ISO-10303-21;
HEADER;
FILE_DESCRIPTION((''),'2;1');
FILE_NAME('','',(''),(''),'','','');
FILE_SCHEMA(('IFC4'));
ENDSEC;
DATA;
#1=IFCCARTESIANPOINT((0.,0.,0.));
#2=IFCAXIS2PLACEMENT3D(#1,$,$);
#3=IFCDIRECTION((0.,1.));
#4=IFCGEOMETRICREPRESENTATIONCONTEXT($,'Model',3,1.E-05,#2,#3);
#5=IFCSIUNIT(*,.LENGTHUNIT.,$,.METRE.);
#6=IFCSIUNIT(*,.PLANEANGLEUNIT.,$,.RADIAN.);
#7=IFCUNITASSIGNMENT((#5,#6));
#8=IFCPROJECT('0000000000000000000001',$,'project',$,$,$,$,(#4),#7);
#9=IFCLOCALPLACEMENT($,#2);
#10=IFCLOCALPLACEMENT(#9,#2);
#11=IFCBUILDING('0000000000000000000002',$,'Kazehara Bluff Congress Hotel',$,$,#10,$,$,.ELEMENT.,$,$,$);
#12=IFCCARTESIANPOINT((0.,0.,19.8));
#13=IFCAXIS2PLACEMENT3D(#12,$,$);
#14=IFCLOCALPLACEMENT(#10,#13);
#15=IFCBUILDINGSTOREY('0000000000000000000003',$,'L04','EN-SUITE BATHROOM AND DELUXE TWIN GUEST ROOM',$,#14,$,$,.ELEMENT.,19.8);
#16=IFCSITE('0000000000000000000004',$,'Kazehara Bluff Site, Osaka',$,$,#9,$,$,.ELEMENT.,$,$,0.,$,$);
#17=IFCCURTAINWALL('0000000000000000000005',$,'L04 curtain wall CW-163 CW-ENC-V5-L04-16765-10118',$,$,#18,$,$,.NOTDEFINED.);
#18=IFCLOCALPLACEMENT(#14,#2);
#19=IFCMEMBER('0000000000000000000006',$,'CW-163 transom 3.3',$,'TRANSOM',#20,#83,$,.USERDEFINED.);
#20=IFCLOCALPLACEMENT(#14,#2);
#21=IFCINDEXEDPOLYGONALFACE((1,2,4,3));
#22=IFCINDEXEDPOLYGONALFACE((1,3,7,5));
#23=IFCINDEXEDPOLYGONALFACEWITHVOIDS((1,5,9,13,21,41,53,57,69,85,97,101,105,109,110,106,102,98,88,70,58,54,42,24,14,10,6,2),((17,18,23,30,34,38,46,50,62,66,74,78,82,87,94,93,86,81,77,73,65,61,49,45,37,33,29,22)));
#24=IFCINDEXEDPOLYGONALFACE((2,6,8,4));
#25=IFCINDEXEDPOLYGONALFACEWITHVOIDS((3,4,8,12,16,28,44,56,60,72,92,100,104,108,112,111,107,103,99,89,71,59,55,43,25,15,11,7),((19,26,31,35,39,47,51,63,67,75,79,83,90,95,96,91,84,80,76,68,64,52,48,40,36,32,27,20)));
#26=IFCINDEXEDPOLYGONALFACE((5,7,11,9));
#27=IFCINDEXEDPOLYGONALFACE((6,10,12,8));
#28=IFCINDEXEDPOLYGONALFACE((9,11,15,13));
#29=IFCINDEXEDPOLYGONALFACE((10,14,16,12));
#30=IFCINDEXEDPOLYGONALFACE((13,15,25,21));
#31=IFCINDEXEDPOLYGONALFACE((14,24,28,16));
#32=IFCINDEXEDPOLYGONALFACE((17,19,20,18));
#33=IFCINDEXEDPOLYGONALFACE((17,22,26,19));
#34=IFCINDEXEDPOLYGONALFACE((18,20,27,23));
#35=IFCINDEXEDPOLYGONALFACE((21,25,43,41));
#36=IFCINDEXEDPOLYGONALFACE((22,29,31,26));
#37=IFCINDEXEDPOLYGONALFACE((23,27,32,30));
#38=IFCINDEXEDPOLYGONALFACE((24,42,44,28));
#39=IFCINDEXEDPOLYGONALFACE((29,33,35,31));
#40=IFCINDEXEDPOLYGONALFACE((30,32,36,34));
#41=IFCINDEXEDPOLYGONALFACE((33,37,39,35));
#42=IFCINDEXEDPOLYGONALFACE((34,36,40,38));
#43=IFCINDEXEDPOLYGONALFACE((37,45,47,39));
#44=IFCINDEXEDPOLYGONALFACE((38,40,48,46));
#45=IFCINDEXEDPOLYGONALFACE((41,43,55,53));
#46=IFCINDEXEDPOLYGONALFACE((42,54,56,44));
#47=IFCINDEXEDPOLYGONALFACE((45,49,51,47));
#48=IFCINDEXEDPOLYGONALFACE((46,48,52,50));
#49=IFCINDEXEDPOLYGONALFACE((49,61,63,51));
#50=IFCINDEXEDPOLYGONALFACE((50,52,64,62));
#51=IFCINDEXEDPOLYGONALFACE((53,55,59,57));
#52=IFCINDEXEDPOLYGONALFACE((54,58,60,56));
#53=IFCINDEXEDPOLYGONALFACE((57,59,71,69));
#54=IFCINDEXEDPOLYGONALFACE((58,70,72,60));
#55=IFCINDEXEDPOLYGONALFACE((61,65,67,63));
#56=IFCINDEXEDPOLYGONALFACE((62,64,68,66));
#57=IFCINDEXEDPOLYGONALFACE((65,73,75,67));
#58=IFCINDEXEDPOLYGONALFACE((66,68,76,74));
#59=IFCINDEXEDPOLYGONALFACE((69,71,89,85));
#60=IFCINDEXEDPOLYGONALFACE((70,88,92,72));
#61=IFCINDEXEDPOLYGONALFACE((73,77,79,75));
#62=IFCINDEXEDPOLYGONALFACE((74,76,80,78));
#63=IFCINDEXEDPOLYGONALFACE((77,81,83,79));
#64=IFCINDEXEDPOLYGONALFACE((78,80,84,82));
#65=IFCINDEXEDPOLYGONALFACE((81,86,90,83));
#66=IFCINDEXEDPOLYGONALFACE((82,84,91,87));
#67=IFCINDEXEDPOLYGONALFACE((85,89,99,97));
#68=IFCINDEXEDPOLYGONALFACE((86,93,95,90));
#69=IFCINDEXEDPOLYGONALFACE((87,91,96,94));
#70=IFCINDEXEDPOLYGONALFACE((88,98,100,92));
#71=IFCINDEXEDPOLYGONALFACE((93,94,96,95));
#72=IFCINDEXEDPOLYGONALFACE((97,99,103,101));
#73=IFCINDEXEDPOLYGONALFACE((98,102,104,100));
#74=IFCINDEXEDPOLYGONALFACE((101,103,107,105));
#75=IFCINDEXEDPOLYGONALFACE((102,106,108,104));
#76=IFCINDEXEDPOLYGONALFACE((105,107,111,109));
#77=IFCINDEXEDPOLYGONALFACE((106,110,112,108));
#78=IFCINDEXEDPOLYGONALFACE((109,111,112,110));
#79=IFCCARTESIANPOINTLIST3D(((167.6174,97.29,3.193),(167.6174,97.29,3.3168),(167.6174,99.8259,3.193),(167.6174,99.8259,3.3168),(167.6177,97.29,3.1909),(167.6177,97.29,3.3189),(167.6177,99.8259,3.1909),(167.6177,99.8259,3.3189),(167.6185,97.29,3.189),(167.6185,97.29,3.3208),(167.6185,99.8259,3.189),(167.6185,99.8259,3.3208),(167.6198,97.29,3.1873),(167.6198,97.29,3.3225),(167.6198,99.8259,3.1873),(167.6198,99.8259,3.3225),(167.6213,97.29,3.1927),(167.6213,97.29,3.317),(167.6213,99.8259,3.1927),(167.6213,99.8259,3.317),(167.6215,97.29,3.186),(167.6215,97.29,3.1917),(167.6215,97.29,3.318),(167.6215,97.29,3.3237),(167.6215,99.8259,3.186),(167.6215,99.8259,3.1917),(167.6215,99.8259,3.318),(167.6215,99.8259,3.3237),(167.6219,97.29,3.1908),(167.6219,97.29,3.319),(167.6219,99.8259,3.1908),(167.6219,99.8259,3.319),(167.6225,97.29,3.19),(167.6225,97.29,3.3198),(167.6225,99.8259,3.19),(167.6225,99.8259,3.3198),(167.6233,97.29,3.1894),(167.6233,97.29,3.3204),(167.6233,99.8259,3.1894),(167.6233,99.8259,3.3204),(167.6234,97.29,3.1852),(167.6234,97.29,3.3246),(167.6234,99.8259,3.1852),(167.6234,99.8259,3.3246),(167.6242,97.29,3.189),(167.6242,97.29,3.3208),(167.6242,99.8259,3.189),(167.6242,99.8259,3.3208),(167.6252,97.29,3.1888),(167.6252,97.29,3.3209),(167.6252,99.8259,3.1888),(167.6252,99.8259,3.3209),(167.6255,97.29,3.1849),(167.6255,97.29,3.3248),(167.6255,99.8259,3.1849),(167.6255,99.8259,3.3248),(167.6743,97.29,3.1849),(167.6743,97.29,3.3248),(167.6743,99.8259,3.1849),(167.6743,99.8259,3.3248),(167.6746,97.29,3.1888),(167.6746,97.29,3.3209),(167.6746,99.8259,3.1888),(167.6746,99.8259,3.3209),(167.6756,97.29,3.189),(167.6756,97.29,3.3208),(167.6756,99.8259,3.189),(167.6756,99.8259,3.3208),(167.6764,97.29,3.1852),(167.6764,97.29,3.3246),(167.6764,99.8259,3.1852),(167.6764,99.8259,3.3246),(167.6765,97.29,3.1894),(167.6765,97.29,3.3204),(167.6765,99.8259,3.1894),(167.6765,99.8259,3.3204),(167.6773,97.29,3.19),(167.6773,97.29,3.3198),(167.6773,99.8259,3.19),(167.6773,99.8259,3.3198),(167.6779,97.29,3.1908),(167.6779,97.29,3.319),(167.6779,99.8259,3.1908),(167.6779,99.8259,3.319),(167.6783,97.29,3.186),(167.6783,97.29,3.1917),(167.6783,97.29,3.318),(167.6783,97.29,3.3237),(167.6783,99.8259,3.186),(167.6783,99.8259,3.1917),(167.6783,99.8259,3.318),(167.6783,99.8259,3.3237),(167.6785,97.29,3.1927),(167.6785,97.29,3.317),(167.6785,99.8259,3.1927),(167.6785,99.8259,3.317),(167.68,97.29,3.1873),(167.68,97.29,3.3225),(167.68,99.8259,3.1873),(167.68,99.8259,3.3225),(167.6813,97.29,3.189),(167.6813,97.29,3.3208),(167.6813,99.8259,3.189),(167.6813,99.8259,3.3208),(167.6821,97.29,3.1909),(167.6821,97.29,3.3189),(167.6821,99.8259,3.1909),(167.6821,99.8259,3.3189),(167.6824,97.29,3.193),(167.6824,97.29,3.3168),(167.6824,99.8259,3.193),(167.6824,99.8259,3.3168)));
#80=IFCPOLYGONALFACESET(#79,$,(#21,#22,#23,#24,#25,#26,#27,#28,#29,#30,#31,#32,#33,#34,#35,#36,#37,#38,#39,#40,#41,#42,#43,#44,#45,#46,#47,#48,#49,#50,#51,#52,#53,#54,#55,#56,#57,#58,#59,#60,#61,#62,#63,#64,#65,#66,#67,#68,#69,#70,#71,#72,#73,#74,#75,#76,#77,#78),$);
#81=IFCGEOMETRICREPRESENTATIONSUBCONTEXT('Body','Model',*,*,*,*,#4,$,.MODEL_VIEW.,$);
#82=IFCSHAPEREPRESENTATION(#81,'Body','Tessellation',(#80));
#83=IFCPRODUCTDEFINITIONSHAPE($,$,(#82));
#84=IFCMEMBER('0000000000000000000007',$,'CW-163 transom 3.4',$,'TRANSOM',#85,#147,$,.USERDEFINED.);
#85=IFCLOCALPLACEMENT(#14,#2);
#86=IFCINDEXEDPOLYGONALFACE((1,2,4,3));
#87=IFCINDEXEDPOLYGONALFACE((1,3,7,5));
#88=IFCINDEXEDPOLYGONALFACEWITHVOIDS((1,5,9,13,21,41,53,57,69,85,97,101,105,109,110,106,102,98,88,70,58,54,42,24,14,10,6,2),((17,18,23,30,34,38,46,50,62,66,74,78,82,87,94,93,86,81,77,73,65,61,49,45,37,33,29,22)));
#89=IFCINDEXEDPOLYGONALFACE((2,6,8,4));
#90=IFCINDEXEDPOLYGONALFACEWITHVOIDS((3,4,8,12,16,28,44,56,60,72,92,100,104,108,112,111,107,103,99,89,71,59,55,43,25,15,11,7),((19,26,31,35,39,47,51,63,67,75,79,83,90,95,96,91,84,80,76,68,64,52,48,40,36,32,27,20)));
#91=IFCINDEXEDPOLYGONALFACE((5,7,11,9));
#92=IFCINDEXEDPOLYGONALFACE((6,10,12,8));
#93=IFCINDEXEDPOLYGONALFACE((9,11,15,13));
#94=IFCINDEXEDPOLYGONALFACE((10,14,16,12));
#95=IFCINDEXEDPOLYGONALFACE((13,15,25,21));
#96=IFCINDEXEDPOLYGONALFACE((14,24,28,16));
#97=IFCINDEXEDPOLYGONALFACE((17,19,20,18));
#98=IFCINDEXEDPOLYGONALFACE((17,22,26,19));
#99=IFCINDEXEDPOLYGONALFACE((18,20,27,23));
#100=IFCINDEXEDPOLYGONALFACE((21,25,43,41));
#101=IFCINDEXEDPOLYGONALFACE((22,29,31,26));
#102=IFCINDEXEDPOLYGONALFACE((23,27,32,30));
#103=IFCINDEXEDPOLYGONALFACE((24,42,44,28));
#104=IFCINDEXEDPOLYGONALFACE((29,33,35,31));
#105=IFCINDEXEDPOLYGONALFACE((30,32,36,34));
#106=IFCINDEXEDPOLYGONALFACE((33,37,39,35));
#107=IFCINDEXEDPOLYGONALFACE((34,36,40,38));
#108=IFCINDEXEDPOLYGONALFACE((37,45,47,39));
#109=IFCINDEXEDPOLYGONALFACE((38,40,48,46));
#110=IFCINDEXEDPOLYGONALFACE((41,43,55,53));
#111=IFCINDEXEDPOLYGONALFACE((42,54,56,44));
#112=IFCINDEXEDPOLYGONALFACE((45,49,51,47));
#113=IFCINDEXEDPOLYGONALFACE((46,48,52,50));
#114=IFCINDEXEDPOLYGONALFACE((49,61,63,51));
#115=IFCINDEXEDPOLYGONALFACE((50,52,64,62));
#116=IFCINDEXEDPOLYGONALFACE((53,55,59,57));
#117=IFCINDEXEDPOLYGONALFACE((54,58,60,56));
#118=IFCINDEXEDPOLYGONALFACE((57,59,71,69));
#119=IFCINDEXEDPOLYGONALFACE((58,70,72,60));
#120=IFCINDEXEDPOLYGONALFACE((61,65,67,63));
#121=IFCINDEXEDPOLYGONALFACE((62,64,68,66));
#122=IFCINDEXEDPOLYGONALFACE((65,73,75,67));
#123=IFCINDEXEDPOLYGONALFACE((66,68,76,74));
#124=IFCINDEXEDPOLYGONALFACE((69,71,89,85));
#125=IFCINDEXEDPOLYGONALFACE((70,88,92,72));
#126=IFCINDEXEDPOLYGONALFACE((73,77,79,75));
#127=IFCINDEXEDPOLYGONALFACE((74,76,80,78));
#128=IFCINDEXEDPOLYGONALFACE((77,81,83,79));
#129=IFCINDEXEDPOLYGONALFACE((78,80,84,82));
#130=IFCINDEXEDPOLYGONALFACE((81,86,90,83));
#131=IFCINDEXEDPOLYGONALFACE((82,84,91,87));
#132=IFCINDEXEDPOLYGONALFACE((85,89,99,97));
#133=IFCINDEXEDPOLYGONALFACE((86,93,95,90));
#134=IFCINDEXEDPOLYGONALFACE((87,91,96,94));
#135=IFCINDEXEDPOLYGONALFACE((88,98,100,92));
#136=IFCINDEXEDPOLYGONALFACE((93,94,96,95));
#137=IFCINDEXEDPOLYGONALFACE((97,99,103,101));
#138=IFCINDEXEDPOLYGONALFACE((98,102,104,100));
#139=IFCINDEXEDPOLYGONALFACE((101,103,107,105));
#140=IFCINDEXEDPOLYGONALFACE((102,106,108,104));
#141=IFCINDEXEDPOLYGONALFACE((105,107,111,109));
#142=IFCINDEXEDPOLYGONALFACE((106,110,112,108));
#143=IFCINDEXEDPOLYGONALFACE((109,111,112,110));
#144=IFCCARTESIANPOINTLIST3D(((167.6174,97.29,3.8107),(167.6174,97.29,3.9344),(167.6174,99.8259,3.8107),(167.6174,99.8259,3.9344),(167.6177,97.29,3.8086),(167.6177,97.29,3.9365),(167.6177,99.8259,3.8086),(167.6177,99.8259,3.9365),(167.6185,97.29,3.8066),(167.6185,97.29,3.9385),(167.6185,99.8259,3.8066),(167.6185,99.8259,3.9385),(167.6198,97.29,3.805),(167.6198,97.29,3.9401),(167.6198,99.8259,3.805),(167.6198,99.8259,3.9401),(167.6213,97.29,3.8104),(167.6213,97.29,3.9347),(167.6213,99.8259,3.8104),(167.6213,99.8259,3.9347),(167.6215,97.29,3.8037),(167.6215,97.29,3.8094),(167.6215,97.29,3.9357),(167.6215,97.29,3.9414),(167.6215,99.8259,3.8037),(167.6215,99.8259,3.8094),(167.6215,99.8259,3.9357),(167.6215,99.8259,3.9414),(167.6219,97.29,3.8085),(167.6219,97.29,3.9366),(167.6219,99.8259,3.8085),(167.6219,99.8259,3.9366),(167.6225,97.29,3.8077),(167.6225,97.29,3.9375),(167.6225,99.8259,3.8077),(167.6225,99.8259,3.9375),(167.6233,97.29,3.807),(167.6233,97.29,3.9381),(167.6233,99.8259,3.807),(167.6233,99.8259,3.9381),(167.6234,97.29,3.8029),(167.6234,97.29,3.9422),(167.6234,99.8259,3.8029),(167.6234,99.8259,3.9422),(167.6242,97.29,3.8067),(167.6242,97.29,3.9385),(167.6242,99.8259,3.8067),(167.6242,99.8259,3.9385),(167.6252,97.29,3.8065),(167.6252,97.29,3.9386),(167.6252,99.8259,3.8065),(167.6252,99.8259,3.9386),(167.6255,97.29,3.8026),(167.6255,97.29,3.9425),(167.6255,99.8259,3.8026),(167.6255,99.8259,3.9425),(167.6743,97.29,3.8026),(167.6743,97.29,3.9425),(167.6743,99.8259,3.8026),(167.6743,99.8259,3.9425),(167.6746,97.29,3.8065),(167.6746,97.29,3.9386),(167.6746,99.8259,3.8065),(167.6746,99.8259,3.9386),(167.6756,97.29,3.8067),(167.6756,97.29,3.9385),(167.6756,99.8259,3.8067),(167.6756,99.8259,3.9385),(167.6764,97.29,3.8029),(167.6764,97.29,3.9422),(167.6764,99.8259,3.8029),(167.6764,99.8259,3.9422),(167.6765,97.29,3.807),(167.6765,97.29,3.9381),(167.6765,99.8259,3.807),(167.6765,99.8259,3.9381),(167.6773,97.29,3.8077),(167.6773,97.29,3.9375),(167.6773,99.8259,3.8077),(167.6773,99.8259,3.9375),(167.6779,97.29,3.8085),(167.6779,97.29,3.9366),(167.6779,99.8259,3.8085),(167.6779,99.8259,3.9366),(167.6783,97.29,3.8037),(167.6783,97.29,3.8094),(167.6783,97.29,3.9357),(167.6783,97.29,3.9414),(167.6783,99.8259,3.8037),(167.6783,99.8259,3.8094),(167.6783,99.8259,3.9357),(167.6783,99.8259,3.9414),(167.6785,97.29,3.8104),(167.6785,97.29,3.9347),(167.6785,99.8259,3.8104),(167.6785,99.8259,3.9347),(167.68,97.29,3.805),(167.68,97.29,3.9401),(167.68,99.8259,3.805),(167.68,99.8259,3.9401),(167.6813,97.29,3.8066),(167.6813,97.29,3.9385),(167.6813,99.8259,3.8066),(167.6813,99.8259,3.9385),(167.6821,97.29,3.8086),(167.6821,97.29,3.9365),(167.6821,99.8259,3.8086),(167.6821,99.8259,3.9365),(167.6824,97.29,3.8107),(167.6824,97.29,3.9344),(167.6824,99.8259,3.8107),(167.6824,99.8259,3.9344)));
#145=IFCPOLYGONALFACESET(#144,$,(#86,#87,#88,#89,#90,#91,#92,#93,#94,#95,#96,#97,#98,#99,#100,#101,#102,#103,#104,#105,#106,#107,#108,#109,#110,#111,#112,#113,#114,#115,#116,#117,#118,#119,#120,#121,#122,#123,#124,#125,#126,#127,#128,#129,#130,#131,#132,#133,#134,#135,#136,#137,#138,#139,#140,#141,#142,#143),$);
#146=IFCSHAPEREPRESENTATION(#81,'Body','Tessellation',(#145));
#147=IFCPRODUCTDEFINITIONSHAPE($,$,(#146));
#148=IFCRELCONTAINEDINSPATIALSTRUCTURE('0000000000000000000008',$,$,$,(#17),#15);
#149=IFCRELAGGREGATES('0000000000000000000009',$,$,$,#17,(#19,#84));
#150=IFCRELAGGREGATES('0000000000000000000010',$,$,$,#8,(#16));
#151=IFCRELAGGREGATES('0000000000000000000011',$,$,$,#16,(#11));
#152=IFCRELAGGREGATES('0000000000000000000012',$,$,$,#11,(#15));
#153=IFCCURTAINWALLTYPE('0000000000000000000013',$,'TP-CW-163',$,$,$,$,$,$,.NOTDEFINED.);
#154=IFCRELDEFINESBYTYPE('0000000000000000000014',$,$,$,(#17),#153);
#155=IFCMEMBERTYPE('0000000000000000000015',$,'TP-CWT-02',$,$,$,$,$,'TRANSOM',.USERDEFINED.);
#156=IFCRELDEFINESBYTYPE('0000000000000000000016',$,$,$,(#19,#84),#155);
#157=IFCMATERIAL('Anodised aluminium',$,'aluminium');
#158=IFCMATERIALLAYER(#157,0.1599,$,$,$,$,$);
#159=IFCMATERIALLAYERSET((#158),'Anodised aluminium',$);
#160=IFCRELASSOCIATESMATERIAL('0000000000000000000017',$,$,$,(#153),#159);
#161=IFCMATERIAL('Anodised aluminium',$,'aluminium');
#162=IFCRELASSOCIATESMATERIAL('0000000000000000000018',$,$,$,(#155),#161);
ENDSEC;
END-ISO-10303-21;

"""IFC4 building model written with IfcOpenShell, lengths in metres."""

from ifc_helpers import new_model, si_unit, direction, frame, origin, origin_2d, place, context, subcontext, project, spatial, hollow_rectangle, extrude, material, layer, layer_set, material_profile, profile_set, type_object, element, aggregate, save


model = new_model("IFC4")

# Units and contexts
model_context = context("Model", 3, precision=1e-05, world=origin(), true_north=direction((0.0, 1.0)))
body_context = subcontext(model_context, "Body", "Model", "MODEL_VIEW")
ifc_project = project(units=[si_unit("LENGTHUNIT", "METRE"), si_unit("PLANEANGLEUNIT", "RADIAN")], contexts=[model_context])

# Site, building, storey
site_placement = place(None, origin())
site = spatial("IfcSite", under=ifc_project, at=site_placement, Name="Kazehara Bluff Site, Osaka", CompositionType="ELEMENT", RefElevation=0.0)
building_placement = place(site_placement, origin())
building = spatial("IfcBuilding", under=site, at=building_placement, Name="Kazehara Bluff Congress Hotel", CompositionType="ELEMENT")
storey_placement = place(building_placement, frame((0.0, 0.0, 19.8)))
storey = spatial("IfcBuildingStorey", under=building, at=storey_placement, Name="L04", Description="EN-SUITE BATHROOM AND DELUXE TWIN GUEST ROOM", CompositionType="ELEMENT", Elevation=19.8)

# Curtain wall
ifc_material_1 = material(Name="Anodised aluminium", Category="aluminium")
ifc_layer_1 = layer(ifc_material_1, 0.1599)
ifc_layer_set_1 = layer_set([ifc_layer_1], Name="Anodised aluminium")
curtain_wall_type_1 = type_object("IfcCurtainWallType", Name="TP-CW-163", PredefinedType="NOTDEFINED", material=ifc_layer_set_1)
curtain_wall_1_placement = place(storey_placement, origin())
curtain_wall_1 = element("IfcCurtainWall", 1, at=curtain_wall_1_placement, inside=storey, type_object=curtain_wall_type_1, Name="L04 curtain wall CW-163 CW-ENC-V5-L04-16765-10118", PredefinedType="NOTDEFINED")

# Members
ifc_material_2 = material(Name="Anodised aluminium", Category="aluminium")
ifc_material_profile_1 = material_profile(ifc_material_2, hollow_rectangle(XDim=0.0649, YDim=0.1399, WallThickness=0.0039, InnerFilletRadius=0.0039, OuterFilletRadius=0.0081, at=origin_2d()))
ifc_profile_set_1 = profile_set([ifc_material_profile_1], Name="Anodised aluminium")
member_type_1 = type_object("IfcMemberType", Name="TP-CWT-02", ElementType="TRANSOM", PredefinedType="USERDEFINED", material=ifc_profile_set_1)
member_1_placement = place(storey_placement, frame((167.6499, 99.8259, 3.2549), z_axis=(0.0, -1.0, 0.0), x_axis=(1.0, 0.0, 0.0)))
member_1 = element("IfcMember", 2, at=member_1_placement, type_object=member_type_1, Name="CW-163 transom 3.3", ObjectType="TRANSOM", PredefinedType="USERDEFINED", context=body_context, shape_type="SweptSolid", body=[
    extrude(hollow_rectangle(XDim=0.0649, YDim=0.1399, WallThickness=0.0039, InnerFilletRadius=0.0039, OuterFilletRadius=0.0081, at=origin_2d()), origin(), (0.0, 0.0, 1.0), 2.5359),
])
member_2_placement = place(storey_placement, frame((167.6499, 99.8259, 3.8726), z_axis=(0.0, -1.0, 0.0), x_axis=(1.0, 0.0, 0.0)))
member_2 = element("IfcMember", 3, at=member_2_placement, type_object=member_type_1, Name="CW-163 transom 3.4", ObjectType="TRANSOM", PredefinedType="USERDEFINED", context=body_context, shape_type="SweptSolid", body=[
    extrude(hollow_rectangle(XDim=0.0649, YDim=0.1399, WallThickness=0.0039, InnerFilletRadius=0.0039, OuterFilletRadius=0.0081, at=origin_2d()), origin(), (0.0, 0.0, 1.0), 2.5359),
])

aggregate(curtain_wall_1, [member_1, member_2])

save(model, "model.ifc")
